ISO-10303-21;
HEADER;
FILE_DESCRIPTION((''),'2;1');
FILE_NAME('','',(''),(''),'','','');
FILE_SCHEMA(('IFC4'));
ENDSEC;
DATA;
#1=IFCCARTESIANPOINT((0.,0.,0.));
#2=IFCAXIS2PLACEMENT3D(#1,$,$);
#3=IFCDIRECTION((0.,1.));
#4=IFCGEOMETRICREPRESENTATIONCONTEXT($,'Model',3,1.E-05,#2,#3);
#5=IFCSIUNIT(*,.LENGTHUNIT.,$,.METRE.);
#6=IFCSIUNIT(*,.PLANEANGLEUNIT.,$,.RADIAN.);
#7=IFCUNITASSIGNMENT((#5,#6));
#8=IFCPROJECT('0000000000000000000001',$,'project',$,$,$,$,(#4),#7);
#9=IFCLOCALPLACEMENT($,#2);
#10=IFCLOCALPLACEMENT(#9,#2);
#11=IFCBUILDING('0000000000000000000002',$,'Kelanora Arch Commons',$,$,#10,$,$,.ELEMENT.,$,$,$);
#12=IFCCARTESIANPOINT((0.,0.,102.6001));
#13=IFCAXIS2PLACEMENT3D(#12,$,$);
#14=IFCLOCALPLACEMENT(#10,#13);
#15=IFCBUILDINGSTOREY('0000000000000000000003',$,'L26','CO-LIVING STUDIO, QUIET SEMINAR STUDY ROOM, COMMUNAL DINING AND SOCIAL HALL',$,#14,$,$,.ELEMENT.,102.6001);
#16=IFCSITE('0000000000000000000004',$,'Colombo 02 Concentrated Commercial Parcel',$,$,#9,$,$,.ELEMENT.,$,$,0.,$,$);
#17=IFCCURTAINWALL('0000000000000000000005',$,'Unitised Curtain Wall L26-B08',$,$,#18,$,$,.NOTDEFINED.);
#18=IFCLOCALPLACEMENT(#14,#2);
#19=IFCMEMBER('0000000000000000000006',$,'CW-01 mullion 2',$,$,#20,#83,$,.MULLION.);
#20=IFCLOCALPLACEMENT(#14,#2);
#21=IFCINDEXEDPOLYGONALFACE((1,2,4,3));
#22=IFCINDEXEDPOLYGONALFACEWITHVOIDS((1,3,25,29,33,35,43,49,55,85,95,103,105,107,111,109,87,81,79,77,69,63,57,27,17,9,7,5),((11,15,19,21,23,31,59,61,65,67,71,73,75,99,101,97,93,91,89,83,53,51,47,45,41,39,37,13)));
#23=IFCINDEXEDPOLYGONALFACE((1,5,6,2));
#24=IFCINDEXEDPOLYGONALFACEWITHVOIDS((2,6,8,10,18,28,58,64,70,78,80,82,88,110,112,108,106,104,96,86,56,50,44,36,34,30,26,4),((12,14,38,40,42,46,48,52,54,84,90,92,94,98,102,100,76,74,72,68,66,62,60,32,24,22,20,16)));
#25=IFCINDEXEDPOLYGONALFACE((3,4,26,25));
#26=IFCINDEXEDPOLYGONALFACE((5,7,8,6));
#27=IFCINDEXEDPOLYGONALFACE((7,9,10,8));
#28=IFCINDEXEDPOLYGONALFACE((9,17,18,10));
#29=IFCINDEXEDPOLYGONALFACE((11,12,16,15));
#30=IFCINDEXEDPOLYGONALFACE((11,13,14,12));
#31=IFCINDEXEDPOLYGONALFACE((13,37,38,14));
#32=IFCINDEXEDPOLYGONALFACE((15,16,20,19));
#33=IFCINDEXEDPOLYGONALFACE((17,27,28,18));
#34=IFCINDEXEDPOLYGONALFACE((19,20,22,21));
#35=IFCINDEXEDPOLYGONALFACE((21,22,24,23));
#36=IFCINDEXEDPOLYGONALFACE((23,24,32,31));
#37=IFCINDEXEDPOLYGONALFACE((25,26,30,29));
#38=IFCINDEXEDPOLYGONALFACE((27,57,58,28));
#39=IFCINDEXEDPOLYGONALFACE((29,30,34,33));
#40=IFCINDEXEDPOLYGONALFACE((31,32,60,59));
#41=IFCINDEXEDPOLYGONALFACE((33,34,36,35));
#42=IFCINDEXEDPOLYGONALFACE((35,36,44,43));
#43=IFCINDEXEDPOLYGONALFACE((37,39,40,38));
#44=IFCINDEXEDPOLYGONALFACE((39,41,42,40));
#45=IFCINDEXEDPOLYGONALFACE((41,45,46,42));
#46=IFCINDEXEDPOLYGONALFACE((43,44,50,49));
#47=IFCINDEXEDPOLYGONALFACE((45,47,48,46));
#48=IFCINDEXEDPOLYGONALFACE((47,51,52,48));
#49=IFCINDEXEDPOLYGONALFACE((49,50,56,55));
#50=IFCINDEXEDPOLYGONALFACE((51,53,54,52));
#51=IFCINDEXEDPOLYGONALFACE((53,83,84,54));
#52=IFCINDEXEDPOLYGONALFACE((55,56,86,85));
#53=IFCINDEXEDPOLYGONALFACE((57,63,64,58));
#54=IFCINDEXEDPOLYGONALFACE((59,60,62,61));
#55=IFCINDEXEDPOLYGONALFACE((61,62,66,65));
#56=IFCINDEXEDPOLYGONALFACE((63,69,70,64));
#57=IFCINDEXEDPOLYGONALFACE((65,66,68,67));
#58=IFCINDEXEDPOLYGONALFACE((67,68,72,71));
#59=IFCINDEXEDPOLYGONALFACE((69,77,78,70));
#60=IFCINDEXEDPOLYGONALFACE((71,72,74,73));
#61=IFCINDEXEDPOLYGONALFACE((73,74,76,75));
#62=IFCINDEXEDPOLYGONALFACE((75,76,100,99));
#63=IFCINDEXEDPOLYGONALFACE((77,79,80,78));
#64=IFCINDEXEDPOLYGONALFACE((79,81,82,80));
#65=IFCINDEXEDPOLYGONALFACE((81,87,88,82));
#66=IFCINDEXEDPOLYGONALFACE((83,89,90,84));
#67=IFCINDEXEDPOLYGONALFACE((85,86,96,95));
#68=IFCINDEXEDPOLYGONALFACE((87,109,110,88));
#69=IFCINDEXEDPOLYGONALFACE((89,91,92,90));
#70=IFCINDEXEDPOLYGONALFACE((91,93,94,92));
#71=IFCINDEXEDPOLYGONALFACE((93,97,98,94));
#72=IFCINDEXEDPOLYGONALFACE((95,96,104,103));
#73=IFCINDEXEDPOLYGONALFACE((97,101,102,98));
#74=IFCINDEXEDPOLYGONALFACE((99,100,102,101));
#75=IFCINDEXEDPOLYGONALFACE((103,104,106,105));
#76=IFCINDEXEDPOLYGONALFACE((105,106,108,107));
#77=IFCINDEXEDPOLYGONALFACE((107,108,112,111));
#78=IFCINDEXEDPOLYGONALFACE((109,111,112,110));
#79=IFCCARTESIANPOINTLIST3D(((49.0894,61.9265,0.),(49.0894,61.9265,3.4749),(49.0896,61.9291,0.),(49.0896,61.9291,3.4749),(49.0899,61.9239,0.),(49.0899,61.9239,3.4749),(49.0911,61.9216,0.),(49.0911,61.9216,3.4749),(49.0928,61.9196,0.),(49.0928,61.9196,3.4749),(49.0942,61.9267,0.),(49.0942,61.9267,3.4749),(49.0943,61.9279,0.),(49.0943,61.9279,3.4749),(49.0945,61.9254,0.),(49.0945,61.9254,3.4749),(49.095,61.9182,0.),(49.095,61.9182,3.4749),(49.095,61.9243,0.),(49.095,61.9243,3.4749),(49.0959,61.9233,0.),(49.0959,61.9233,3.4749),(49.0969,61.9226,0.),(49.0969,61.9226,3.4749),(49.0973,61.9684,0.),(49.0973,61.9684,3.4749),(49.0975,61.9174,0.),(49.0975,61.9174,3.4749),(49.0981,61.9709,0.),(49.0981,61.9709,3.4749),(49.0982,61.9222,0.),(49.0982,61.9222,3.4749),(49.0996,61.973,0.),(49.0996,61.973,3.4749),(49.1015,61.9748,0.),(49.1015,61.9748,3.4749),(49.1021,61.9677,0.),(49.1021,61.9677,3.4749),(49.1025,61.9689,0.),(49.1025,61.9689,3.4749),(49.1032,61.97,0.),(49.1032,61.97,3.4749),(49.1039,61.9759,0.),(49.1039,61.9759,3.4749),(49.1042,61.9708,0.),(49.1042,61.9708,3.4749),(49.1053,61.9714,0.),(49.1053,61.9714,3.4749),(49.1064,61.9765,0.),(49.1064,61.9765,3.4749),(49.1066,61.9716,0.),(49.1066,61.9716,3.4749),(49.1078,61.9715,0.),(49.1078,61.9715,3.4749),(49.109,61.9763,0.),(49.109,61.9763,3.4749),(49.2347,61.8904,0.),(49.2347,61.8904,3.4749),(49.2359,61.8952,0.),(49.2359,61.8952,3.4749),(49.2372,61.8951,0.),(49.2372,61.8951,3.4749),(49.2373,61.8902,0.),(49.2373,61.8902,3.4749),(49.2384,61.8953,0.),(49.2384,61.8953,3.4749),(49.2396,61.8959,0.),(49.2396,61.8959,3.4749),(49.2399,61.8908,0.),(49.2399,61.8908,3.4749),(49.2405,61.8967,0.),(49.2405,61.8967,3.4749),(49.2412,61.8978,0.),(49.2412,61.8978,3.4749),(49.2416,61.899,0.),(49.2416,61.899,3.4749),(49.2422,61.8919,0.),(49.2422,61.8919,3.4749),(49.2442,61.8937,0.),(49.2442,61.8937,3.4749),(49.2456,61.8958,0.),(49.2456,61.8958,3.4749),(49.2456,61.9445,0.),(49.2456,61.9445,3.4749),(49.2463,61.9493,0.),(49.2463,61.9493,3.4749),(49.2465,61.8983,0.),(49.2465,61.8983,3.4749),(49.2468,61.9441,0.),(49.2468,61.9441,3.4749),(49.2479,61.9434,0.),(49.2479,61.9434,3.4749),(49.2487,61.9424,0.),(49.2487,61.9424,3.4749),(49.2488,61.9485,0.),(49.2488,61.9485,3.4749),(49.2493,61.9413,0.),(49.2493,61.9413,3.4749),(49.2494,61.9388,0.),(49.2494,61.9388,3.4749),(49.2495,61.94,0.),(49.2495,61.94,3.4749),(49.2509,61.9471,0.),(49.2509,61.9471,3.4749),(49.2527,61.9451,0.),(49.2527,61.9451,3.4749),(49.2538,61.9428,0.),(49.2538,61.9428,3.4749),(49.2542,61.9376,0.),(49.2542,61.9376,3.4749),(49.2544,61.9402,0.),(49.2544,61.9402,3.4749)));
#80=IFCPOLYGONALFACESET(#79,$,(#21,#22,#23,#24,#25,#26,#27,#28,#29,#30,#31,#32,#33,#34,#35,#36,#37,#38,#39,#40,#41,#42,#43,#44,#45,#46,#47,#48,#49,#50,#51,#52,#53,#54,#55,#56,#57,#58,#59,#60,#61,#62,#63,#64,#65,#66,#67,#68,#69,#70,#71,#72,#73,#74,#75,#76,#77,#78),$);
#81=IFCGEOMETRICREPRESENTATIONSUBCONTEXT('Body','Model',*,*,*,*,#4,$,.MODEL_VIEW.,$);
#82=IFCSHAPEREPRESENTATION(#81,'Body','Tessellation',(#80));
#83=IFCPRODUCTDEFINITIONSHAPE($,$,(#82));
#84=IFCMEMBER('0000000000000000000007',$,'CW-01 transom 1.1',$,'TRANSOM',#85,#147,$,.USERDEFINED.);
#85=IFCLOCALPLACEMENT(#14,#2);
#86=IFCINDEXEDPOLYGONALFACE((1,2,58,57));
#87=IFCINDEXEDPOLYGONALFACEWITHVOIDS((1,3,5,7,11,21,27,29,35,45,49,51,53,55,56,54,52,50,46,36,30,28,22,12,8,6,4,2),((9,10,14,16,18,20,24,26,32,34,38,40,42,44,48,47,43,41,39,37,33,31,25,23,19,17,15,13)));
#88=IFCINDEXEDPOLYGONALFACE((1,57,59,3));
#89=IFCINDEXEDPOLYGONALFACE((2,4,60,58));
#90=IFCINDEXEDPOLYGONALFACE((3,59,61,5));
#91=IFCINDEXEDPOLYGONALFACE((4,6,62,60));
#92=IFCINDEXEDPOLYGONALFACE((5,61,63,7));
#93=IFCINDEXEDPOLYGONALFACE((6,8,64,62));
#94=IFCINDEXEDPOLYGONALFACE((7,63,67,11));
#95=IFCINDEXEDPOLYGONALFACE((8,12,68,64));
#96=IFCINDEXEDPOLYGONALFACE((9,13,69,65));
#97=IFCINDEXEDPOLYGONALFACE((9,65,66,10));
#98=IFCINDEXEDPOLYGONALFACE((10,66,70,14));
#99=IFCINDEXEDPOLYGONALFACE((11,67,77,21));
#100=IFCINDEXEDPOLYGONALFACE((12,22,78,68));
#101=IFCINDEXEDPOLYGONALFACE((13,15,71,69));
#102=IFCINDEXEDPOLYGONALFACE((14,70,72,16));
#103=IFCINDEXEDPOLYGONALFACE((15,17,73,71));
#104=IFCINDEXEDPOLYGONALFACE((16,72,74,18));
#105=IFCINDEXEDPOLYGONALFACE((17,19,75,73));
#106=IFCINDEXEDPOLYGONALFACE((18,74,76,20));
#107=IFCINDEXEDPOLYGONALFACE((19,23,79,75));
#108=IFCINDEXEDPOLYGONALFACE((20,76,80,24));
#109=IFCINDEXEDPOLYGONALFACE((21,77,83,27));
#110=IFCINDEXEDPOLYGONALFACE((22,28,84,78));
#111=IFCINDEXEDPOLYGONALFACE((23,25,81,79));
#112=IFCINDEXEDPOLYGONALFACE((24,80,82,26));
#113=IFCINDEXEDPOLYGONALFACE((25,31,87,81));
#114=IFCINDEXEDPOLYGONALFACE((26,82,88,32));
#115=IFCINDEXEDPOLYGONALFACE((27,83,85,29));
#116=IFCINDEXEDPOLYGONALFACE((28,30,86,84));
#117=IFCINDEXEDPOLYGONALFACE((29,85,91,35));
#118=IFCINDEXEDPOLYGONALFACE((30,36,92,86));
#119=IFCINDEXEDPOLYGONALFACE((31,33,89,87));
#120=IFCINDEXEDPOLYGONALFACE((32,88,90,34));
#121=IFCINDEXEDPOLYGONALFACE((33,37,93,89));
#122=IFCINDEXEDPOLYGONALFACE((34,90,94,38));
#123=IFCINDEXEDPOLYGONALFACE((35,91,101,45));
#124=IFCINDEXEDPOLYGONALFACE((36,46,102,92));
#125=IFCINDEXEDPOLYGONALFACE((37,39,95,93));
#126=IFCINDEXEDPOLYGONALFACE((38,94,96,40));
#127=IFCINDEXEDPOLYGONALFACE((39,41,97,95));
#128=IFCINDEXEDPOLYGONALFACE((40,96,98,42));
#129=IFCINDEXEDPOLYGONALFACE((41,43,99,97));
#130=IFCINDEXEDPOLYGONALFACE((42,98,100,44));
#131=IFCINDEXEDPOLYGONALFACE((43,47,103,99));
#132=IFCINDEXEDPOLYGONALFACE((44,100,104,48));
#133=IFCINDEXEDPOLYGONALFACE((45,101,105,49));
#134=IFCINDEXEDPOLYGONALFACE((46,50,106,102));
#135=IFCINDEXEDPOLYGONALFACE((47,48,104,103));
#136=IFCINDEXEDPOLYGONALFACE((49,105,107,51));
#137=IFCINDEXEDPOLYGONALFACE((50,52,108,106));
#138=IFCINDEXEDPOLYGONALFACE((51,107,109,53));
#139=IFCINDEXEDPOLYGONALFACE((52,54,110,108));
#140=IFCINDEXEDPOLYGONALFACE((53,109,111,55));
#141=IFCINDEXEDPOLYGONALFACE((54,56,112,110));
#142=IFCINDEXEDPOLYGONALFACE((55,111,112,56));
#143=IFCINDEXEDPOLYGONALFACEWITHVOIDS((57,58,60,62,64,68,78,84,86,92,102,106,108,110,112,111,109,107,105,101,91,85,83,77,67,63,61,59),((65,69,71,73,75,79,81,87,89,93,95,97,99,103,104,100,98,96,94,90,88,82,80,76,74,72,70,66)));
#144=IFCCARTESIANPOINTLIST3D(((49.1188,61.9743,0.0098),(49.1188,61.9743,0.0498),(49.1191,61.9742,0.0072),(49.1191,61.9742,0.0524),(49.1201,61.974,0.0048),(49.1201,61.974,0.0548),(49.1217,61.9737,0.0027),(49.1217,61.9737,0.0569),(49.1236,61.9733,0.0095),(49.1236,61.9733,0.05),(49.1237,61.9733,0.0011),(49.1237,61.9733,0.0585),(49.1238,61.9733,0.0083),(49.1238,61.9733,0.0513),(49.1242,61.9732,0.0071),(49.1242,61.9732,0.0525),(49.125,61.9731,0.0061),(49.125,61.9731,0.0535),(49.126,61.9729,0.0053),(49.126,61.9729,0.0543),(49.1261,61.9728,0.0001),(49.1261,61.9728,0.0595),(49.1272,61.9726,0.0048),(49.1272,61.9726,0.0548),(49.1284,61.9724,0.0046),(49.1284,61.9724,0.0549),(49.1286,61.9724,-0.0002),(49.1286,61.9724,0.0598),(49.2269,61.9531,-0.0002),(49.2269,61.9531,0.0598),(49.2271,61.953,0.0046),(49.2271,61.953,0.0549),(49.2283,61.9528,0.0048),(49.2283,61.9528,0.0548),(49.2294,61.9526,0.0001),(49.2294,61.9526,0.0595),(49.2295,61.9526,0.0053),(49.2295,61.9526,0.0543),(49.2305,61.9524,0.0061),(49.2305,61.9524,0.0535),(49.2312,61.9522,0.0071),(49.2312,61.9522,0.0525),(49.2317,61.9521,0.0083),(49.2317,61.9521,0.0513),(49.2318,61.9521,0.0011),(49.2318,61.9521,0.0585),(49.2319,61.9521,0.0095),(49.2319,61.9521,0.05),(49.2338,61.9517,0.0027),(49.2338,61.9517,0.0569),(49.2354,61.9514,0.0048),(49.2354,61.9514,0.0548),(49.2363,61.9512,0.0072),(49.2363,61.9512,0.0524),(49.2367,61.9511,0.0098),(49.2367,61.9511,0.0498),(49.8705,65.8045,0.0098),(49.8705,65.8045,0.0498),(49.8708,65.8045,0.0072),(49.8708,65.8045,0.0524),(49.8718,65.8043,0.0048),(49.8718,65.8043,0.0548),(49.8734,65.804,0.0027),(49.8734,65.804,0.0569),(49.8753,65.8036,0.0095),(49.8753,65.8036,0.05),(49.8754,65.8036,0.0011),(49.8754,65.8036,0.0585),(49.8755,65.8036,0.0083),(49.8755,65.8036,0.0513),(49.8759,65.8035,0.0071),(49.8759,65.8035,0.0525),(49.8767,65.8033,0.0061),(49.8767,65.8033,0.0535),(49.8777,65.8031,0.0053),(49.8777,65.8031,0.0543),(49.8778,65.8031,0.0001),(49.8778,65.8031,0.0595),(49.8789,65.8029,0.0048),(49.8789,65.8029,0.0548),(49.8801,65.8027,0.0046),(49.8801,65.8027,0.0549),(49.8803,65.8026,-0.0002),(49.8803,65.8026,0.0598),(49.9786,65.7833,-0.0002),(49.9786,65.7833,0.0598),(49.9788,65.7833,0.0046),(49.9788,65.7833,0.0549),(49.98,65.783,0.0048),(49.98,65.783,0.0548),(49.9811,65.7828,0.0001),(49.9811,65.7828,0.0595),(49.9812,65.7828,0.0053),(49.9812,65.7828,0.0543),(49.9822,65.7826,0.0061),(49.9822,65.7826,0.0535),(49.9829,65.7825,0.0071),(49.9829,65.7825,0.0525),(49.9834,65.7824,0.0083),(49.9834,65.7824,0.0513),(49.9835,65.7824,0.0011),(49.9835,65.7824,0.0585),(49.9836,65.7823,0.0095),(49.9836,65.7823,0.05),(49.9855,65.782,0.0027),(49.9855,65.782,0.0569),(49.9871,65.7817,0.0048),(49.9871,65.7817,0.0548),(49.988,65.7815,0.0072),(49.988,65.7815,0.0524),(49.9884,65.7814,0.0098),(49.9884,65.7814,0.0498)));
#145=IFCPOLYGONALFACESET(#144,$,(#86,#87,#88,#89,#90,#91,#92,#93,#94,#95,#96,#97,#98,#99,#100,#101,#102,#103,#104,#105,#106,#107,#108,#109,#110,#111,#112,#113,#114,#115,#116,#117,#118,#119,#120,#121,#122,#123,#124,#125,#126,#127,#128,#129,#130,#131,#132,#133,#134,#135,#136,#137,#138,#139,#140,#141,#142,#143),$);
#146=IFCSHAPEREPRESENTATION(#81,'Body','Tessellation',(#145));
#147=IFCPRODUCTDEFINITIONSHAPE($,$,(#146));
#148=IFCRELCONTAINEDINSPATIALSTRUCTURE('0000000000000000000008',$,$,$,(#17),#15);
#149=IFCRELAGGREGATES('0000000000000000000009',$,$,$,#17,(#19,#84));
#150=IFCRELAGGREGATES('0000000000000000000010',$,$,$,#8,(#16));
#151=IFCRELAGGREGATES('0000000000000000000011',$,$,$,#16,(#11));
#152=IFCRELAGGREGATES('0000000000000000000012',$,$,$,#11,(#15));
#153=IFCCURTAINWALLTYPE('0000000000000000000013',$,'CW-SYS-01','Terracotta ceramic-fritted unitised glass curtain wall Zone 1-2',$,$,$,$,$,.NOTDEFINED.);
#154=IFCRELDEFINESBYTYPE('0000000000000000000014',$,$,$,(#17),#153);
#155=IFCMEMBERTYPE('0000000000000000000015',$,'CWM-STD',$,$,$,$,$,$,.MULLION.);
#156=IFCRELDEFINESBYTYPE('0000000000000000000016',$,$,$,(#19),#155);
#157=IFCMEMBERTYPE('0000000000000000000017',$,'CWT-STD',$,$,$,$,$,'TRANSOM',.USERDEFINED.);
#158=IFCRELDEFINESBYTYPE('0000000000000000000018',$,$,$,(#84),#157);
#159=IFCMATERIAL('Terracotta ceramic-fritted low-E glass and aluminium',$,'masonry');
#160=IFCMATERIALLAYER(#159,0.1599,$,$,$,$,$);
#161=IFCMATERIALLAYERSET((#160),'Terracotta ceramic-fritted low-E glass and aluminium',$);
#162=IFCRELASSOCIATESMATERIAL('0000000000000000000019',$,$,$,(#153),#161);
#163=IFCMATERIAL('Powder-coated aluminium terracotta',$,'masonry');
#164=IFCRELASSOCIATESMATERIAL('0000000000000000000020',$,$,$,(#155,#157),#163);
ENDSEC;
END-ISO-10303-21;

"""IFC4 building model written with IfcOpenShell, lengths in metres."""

from ifc_helpers import new_model, si_unit, direction, frame, origin, origin_2d, place, context, subcontext, project, spatial, hollow_rectangle, extrude, material, layer, layer_set, material_profile, profile_set, type_object, element, aggregate, save


model = new_model("IFC4")

# Units and contexts
model_context = context("Model", 3, precision=1e-05, world=origin(), true_north=direction((0.0, 1.0)))
body_context = subcontext(model_context, "Body", "Model", "MODEL_VIEW")
ifc_project = project(units=[si_unit("LENGTHUNIT", "METRE"), si_unit("PLANEANGLEUNIT", "RADIAN")], contexts=[model_context])

# Site, building, storey
site_placement = place(None, origin())
site = spatial("IfcSite", under=ifc_project, at=site_placement, Name="Colombo 02 Concentrated Commercial Parcel", CompositionType="ELEMENT", RefElevation=0.0)
building_placement = place(site_placement, origin())
building = spatial("IfcBuilding", under=site, at=building_placement, Name="Kelanora Arch Commons", CompositionType="ELEMENT")
storey_placement = place(building_placement, frame((0.0, 0.0, 102.6001)))
storey = spatial("IfcBuildingStorey", under=building, at=storey_placement, Name="L26", Description="CO-LIVING STUDIO, QUIET SEMINAR STUDY ROOM, COMMUNAL DINING AND SOCIAL HALL", CompositionType="ELEMENT", Elevation=102.6001)

# Curtain wall, members
ifc_material_1 = material(Name="Terracotta ceramic-fritted low-E glass and aluminium", Category="masonry")
ifc_layer_1 = layer(ifc_material_1, 0.1599)
ifc_layer_set_1 = layer_set([ifc_layer_1], Name="Terracotta ceramic-fritted low-E glass and aluminium")
curtain_wall_type = type_object("IfcCurtainWallType", Name="CW-SYS-01", Description="Terracotta ceramic-fritted unitised glass curtain wall Zone 1-2", PredefinedType="NOTDEFINED", material=ifc_layer_set_1)
curtain_wall_placement = place(storey_placement, origin())
curtain_wall = element("IfcCurtainWall", 1, at=curtain_wall_placement, inside=storey, type_object=curtain_wall_type, Name="Unitised Curtain Wall L26-B08", PredefinedType="NOTDEFINED")
ifc_material_2 = material(Name="Powder-coated aluminium terracotta", Category="masonry")
ifc_material_profile_1 = material_profile(ifc_material_2, hollow_rectangle(XDim=0.1599, YDim=0.0601, WallThickness=0.0049, InnerFilletRadius=0.0049, OuterFilletRadius=0.01, at=origin_2d()), Name="CWM160x60")
ifc_profile_set_1 = profile_set([ifc_material_profile_1], Name="Powder-coated aluminium terracotta")
member_type_1 = type_object("IfcMemberType", Name="CWM-STD", PredefinedType="MULLION", material=ifc_profile_set_1)
member_1_placement = place(storey_placement, frame((49.1719, 61.9333, 0.0), z_axis=(0.0, 0.0, 1.0), x_axis=(0.98128, -0.192585, 0.0)))
member_1 = element("IfcMember", 2, at=member_1_placement, type_object=member_type_1, Name="CW-01 mullion 2", PredefinedType="MULLION", context=body_context, shape_type="SweptSolid", body=[
    extrude(hollow_rectangle(XDim=0.1599, YDim=0.0601, WallThickness=0.0049, InnerFilletRadius=0.0049, OuterFilletRadius=0.01, at=origin_2d()), origin(), (0.0, 0.0, 1.0), 3.4749),
])
ifc_material_profile_2 = material_profile(ifc_material_2, hollow_rectangle(XDim=0.1201, YDim=0.0601, WallThickness=0.0049, InnerFilletRadius=0.0049, OuterFilletRadius=0.01, at=origin_2d()), Name="CWT120x60")
ifc_profile_set_2 = profile_set([ifc_material_profile_2], Name="Powder-coated aluminium terracotta")
member_type_2 = type_object("IfcMemberType", Name="CWT-STD", ElementType="TRANSOM", PredefinedType="USERDEFINED", material=ifc_profile_set_2)
member_2_placement = place(storey_placement, frame((49.9294, 65.793, 0.0298), z_axis=(-0.192579, -0.981282, 0.0), x_axis=(0.981282, -0.192579, 0.0)))
member_2 = element("IfcMember", 3, at=member_2_placement, type_object=member_type_2, Name="CW-01 transom 1.1", ObjectType="TRANSOM", PredefinedType="USERDEFINED", context=body_context, shape_type="SweptSolid", body=[
    extrude(hollow_rectangle(XDim=0.1201, YDim=0.0601, WallThickness=0.0049, InnerFilletRadius=0.0049, OuterFilletRadius=0.01, at=origin_2d()), origin(), (0.0, 0.0, 1.0), 3.9033),
])
aggregate(curtain_wall, [member_1, member_2])

save(model, "model.ifc")
